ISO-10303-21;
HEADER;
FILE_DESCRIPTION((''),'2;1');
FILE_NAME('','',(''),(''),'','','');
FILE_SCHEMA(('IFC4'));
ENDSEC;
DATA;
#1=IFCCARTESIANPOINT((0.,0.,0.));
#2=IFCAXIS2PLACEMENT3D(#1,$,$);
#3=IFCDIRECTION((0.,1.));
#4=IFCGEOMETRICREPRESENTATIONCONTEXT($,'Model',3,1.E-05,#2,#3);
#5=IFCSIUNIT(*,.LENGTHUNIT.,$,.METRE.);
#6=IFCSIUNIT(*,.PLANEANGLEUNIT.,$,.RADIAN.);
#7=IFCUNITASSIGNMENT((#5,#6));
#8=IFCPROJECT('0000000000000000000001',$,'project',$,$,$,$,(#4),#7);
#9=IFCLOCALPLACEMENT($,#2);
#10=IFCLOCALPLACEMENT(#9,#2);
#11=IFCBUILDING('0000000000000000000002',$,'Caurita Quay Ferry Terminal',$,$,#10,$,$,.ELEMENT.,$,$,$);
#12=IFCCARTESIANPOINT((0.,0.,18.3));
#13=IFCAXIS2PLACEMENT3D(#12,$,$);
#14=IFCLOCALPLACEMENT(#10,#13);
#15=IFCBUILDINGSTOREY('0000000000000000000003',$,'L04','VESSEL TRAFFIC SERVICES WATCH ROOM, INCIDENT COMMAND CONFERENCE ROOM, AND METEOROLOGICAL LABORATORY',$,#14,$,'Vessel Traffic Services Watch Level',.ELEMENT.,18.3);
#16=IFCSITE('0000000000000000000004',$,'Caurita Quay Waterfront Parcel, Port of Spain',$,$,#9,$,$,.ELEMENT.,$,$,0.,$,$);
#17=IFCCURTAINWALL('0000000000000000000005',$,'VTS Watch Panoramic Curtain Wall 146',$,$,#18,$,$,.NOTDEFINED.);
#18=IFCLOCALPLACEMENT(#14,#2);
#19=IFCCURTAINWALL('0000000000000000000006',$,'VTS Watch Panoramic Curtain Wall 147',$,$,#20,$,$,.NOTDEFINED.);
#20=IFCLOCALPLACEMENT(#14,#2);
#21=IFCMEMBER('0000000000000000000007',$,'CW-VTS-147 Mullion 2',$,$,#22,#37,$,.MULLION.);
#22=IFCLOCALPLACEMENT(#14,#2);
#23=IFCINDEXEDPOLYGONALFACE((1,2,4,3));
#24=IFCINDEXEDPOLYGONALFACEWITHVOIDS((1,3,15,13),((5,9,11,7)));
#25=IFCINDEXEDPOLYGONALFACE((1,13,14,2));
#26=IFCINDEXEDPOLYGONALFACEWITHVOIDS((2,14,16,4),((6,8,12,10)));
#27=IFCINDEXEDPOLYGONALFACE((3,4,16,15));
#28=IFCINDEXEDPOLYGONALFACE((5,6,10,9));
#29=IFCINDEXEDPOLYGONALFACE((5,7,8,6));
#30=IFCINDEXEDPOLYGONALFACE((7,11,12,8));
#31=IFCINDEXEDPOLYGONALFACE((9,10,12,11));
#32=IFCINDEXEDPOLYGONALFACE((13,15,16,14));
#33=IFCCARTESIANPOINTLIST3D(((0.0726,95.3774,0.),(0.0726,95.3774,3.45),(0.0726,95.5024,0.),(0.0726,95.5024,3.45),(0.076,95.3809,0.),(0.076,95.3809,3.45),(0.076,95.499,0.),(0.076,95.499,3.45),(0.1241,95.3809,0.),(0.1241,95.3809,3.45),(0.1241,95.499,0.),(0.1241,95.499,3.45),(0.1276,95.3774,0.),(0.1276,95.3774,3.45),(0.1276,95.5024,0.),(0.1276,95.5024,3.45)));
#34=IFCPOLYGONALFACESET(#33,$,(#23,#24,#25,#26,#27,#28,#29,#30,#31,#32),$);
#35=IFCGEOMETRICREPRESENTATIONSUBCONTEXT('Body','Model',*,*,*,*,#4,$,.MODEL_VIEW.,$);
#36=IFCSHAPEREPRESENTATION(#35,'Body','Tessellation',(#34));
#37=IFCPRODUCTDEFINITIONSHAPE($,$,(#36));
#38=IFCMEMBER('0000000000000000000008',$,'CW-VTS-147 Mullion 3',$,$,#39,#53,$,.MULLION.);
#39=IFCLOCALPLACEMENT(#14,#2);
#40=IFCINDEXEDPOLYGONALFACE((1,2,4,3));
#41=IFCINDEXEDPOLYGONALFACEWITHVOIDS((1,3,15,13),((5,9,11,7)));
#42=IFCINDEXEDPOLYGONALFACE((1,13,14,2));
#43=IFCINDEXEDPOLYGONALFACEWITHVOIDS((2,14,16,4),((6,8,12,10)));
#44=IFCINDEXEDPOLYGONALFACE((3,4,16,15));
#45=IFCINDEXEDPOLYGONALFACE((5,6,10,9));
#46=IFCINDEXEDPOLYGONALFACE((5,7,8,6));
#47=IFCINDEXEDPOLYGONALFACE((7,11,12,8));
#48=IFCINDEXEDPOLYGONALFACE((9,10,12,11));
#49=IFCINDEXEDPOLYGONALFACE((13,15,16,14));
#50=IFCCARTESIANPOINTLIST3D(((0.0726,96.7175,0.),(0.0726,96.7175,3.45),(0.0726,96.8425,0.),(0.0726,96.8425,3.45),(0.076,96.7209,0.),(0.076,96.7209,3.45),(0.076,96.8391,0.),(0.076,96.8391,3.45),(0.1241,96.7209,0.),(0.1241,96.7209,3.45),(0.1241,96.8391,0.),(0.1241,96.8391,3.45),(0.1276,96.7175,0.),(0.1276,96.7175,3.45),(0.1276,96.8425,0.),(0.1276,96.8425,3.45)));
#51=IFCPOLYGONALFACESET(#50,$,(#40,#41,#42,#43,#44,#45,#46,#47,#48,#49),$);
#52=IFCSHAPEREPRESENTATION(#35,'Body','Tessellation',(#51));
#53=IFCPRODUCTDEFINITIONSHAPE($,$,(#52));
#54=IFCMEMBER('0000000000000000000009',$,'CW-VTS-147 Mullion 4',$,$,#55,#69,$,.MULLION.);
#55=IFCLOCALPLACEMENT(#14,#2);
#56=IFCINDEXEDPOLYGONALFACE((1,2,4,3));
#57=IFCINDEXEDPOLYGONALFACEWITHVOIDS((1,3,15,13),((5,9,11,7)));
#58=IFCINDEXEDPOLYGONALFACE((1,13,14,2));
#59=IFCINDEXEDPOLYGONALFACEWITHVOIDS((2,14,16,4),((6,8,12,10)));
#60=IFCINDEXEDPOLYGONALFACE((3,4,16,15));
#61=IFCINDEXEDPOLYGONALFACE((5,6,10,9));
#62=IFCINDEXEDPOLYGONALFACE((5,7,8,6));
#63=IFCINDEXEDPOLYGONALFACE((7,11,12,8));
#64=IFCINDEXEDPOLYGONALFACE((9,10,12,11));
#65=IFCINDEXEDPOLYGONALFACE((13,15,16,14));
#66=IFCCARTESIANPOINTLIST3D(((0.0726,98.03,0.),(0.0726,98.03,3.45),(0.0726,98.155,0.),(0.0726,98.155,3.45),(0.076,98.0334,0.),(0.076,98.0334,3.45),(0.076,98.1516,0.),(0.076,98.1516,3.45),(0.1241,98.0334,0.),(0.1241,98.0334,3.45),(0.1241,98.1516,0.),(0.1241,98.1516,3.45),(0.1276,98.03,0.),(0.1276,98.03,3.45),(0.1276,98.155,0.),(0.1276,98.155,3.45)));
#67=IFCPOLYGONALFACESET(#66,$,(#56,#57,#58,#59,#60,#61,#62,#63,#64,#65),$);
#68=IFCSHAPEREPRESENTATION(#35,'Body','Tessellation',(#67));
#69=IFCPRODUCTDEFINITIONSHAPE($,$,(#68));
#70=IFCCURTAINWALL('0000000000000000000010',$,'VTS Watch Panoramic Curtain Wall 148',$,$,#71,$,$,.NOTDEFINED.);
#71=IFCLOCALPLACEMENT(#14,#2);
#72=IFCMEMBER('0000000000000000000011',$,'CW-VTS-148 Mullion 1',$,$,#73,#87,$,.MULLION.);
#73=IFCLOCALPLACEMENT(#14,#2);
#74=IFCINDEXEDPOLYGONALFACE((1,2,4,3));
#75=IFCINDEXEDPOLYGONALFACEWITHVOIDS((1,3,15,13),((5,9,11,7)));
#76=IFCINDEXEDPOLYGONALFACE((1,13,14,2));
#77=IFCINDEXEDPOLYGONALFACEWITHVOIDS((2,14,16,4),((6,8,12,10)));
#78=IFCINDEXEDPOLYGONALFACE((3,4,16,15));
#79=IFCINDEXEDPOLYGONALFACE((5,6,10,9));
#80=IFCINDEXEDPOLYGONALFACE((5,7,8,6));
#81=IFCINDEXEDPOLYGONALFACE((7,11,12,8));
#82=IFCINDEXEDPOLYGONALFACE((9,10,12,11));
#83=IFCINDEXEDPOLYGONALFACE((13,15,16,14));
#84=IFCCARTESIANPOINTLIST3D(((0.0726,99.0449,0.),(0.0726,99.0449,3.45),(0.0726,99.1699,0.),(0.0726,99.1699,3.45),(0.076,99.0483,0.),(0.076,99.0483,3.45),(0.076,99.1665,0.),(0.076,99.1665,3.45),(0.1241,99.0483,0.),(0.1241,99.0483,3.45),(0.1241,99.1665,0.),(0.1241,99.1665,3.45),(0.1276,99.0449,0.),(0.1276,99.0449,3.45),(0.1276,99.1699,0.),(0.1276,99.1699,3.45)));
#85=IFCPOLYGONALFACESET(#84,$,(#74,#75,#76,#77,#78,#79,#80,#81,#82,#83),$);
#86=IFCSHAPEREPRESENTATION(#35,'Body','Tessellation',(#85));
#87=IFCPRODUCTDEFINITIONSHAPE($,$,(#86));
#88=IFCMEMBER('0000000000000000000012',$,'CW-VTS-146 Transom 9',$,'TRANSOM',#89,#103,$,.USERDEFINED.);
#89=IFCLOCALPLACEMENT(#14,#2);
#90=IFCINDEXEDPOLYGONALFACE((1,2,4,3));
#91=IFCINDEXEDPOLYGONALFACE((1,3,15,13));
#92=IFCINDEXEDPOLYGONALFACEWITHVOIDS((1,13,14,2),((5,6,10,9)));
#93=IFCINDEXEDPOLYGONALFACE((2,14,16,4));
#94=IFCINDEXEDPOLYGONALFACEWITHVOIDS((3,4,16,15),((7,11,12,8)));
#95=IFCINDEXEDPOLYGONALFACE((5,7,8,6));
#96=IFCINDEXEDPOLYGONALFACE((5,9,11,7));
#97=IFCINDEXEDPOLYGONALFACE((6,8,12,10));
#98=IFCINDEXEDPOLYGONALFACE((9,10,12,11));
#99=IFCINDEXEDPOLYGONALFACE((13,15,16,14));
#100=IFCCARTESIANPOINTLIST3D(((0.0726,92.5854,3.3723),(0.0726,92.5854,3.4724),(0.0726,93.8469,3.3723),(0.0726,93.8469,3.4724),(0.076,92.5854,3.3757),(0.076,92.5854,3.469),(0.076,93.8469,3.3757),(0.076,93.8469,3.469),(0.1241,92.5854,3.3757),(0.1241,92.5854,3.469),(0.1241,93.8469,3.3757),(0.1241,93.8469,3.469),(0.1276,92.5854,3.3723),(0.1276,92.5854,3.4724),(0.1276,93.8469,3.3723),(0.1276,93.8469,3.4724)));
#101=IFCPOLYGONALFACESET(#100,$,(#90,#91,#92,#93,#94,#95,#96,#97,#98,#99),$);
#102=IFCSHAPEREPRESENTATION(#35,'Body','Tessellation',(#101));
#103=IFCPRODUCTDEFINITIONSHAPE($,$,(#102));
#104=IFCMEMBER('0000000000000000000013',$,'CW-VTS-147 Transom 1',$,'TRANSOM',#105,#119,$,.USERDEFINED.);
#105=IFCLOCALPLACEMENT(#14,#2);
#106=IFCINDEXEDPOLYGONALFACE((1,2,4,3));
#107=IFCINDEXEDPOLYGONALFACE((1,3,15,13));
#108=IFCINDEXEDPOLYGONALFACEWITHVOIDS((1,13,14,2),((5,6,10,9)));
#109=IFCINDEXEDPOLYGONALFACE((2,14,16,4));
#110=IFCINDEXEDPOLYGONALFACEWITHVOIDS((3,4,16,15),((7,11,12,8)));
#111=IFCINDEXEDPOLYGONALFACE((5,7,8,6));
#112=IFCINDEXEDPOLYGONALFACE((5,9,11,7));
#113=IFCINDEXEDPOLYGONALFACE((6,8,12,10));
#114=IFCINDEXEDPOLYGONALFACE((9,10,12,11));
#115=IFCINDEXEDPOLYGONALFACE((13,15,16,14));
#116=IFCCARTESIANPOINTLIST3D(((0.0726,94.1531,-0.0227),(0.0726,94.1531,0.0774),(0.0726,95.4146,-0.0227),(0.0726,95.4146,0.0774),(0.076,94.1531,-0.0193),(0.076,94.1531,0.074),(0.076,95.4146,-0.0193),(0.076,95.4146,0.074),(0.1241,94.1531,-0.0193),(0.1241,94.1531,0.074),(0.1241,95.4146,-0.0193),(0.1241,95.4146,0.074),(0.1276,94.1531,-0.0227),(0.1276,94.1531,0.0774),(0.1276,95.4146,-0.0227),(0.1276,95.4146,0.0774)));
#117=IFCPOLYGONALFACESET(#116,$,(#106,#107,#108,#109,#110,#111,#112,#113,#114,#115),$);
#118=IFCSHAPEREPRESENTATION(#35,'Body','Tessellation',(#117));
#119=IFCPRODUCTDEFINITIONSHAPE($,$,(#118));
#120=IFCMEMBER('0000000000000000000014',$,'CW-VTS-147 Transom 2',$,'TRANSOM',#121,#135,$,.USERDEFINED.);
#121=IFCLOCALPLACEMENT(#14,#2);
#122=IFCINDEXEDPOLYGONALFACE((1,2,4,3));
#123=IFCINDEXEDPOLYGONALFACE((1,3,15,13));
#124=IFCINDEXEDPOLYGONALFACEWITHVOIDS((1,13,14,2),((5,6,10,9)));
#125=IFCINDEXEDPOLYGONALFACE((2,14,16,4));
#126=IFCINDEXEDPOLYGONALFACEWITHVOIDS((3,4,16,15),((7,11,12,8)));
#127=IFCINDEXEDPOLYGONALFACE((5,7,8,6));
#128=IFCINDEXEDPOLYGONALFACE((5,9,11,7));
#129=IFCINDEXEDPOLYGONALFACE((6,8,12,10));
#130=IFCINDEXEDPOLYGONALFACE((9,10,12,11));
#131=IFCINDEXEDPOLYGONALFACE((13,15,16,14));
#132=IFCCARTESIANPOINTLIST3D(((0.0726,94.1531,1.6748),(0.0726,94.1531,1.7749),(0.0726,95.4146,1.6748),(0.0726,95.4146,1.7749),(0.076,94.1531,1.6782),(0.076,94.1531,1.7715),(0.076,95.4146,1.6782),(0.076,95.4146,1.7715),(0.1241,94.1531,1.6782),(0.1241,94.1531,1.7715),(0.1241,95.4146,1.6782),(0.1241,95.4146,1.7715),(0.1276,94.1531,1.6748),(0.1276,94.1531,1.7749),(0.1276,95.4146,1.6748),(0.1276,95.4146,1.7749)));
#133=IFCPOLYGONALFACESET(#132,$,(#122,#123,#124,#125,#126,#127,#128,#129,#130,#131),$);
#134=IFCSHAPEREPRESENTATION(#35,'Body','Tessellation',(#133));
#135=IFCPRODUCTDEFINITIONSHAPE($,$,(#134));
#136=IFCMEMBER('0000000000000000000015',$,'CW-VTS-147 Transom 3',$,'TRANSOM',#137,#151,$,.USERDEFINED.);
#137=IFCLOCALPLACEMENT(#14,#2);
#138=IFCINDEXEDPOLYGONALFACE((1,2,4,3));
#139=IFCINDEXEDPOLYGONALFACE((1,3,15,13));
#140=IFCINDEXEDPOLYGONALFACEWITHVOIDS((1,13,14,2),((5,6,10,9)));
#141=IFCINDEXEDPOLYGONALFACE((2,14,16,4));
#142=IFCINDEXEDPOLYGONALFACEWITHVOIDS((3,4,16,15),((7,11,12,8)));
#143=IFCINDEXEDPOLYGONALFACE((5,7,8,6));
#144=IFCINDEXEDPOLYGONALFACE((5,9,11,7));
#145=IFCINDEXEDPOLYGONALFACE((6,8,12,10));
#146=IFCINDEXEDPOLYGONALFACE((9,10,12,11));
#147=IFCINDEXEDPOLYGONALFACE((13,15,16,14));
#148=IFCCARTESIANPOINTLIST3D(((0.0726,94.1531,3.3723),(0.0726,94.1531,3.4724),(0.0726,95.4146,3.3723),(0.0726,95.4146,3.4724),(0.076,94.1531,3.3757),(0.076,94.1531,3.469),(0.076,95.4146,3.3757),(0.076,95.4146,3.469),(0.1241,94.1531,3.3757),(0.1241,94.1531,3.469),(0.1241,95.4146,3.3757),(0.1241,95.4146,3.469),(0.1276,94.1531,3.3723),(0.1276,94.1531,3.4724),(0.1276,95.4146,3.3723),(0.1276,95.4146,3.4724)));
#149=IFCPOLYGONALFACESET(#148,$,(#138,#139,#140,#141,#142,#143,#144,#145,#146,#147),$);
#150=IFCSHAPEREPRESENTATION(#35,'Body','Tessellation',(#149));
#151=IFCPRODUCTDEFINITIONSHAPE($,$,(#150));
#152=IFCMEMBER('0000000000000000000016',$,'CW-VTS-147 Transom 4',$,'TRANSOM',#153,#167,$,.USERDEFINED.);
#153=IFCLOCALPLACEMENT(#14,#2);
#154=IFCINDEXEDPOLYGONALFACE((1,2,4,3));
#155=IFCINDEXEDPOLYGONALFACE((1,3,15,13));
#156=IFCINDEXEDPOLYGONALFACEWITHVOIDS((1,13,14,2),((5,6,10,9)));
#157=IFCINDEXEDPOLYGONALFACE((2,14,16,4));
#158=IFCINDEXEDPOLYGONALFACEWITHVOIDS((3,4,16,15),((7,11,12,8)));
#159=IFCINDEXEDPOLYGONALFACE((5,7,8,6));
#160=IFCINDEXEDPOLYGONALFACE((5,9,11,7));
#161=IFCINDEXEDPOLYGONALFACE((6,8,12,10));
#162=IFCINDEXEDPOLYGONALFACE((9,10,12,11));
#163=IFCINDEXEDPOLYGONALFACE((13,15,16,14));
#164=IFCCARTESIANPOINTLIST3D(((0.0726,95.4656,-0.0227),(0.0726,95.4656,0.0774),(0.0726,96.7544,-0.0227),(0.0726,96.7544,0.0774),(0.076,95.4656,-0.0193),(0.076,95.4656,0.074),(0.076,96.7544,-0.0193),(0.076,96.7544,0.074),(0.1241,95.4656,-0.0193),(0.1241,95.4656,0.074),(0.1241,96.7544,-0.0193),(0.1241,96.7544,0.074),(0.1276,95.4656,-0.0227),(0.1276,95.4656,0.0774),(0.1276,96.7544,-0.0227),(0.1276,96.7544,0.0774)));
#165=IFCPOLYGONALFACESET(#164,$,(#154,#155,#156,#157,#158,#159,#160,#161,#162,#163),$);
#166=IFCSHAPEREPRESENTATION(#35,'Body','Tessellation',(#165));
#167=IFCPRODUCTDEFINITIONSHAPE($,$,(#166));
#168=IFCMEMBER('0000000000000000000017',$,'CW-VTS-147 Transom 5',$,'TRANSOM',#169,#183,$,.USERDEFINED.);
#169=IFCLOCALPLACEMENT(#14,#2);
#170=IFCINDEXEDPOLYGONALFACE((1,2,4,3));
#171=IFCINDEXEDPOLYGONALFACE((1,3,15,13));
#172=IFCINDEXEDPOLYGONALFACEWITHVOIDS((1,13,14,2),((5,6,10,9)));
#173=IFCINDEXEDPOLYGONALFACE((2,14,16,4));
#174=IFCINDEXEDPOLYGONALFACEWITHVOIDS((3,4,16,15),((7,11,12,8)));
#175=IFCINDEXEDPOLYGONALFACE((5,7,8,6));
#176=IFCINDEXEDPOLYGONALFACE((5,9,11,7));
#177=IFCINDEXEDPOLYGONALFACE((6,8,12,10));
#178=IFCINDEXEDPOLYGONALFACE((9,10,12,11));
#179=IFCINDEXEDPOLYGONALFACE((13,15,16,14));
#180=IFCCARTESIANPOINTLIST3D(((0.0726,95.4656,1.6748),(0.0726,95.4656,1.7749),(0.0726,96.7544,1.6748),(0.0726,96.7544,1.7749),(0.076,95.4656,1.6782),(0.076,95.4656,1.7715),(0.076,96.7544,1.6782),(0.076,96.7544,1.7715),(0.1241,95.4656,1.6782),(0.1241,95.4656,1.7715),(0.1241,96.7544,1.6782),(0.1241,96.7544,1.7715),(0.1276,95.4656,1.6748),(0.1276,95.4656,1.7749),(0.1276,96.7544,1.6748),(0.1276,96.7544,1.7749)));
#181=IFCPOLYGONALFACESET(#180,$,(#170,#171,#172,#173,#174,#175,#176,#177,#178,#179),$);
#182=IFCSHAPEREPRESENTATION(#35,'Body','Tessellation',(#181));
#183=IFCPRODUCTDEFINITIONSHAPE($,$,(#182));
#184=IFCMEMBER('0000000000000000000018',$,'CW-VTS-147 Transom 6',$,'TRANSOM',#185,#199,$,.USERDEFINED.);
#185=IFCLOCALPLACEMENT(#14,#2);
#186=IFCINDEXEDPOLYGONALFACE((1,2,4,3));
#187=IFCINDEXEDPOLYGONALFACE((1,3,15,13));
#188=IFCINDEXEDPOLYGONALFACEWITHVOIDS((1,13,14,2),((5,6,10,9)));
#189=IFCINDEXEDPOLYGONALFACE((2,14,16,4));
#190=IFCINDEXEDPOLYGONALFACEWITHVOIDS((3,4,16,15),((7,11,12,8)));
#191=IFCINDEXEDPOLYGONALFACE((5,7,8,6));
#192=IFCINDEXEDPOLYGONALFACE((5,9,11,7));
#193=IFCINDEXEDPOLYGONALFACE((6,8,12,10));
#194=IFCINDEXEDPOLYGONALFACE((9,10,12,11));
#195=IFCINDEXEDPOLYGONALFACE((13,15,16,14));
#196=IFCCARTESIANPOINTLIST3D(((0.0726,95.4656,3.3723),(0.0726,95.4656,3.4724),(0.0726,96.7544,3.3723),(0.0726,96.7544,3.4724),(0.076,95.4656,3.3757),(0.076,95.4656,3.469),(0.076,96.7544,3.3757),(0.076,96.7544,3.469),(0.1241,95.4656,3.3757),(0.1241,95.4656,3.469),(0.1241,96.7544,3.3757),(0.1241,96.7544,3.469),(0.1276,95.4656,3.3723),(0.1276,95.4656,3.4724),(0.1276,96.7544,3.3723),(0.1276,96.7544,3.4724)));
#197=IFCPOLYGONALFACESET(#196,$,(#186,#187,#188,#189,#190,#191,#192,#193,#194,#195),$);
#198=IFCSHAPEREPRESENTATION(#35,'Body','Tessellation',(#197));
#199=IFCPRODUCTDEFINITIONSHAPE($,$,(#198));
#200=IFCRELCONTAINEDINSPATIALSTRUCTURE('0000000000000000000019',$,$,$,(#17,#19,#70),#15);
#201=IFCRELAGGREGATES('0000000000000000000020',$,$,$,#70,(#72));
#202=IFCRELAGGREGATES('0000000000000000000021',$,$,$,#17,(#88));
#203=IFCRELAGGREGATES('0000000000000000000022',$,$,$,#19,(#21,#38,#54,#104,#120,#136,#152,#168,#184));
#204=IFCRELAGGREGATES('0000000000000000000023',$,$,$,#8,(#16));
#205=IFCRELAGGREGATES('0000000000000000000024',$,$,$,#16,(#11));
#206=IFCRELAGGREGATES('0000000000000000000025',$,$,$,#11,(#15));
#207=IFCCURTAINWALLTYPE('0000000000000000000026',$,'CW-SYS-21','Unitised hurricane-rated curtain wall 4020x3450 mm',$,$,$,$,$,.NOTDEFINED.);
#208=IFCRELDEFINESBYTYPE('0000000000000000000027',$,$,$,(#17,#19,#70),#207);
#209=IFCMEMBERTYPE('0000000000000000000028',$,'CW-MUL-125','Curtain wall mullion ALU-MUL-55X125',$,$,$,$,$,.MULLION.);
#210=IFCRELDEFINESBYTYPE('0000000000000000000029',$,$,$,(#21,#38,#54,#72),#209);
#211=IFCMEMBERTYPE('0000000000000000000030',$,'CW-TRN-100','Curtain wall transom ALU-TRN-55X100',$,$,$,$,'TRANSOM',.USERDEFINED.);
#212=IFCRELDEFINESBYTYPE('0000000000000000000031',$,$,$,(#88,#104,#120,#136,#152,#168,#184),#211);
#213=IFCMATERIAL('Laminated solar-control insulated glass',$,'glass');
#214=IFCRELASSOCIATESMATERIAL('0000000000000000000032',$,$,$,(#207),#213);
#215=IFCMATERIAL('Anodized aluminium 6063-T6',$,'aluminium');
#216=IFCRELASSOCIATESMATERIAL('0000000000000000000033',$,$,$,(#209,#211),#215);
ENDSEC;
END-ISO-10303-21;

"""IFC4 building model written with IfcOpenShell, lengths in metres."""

from ifc_helpers import new_model, si_unit, direction, frame, origin, origin_2d, place, context, subcontext, project, spatial, hollow_rectangle, extrude, material, material_profile, profile_set, type_object, element, aggregate, save


model = new_model("IFC4")

# Units and contexts
model_context = context("Model", 3, precision=1e-05, world=origin(), true_north=direction((0.0, 1.0)))
body_context = subcontext(model_context, "Body", "Model", "MODEL_VIEW")
ifc_project = project(units=[si_unit("LENGTHUNIT", "METRE"), si_unit("PLANEANGLEUNIT", "RADIAN")], contexts=[model_context])

# Site, building, storey
site_placement = place(None, origin())
site = spatial("IfcSite", under=ifc_project, at=site_placement, Name="Caurita Quay Waterfront Parcel, Port of Spain", CompositionType="ELEMENT", RefElevation=0.0)
building_placement = place(site_placement, origin())
building = spatial("IfcBuilding", under=site, at=building_placement, Name="Caurita Quay Ferry Terminal", CompositionType="ELEMENT")
storey_placement = place(building_placement, frame((0.0, 0.0, 18.3)))
storey = spatial("IfcBuildingStorey", under=building, at=storey_placement, Name="L04", Description="VESSEL TRAFFIC SERVICES WATCH ROOM, INCIDENT COMMAND CONFERENCE ROOM, AND METEOROLOGICAL LABORATORY", LongName="Vessel Traffic Services Watch Level", CompositionType="ELEMENT", Elevation=18.3)

# Curtain wall
ifc_material_1 = material(Name="Laminated solar-control insulated glass", Category="glass")
curtain_wall_type = type_object("IfcCurtainWallType", Name="CW-SYS-21", Description="Unitised hurricane-rated curtain wall 4020x3450 mm", PredefinedType="NOTDEFINED", material=ifc_material_1)
curtain_wall_1_placement = place(storey_placement, origin())
curtain_wall_1 = element("IfcCurtainWall", 1, at=curtain_wall_1_placement, inside=storey, type_object=curtain_wall_type, Name="VTS Watch Panoramic Curtain Wall 146", PredefinedType="NOTDEFINED")
ifc_material_2 = material(Name="Anodized aluminium 6063-T6", Category="aluminium")
ifc_material_profile_1 = material_profile(ifc_material_2, hollow_rectangle(XDim=0.0549, YDim=0.125, WallThickness=0.0034, at=origin_2d()), Name="ALU-MUL-55X125")
ifc_profile_set_1 = profile_set([ifc_material_profile_1], Name="Anodized aluminium 6063-T6")
member_type_1 = type_object("IfcMemberType", Name="CW-MUL-125", Description="Curtain wall mullion ALU-MUL-55X125", PredefinedType="MULLION", material=ifc_profile_set_1)

# Curtain wall, members
curtain_wall_2_placement = place(storey_placement, origin())
curtain_wall_2 = element("IfcCurtainWall", 2, at=curtain_wall_2_placement, inside=storey, type_object=curtain_wall_type, Name="VTS Watch Panoramic Curtain Wall 147", PredefinedType="NOTDEFINED")
member_1_placement = place(storey_placement, frame((0.1001, 95.4399, 0.0), z_axis=(0.0, 0.0, 1.0), x_axis=(-1.0, 0.0, 0.0)))
member_1 = element("IfcMember", 3, at=member_1_placement, type_object=member_type_1, Name="CW-VTS-147 Mullion 2", PredefinedType="MULLION", context=body_context, shape_type="SweptSolid", body=[
    extrude(hollow_rectangle(XDim=0.0549, YDim=0.125, WallThickness=0.0034, at=origin_2d()), origin(), (0.0, 0.0, 1.0), 3.45),
])
member_2_placement = place(storey_placement, frame((0.1001, 96.78, 0.0), z_axis=(0.0, 0.0, 1.0), x_axis=(-1.0, 0.0, 0.0)))
member_2 = element("IfcMember", 4, at=member_2_placement, type_object=member_type_1, Name="CW-VTS-147 Mullion 3", PredefinedType="MULLION", context=body_context, shape_type="SweptSolid", body=[
    extrude(hollow_rectangle(XDim=0.0549, YDim=0.125, WallThickness=0.0034, at=origin_2d()), origin(), (0.0, 0.0, 1.0), 3.45),
])
member_3_placement = place(storey_placement, frame((0.1001, 98.0925, 0.0), z_axis=(0.0, 0.0, 1.0), x_axis=(-1.0, 0.0, 0.0)))
member_3 = element("IfcMember", 5, at=member_3_placement, type_object=member_type_1, Name="CW-VTS-147 Mullion 4", PredefinedType="MULLION", context=body_context, shape_type="SweptSolid", body=[
    extrude(hollow_rectangle(XDim=0.0549, YDim=0.125, WallThickness=0.0034, at=origin_2d()), origin(), (0.0, 0.0, 1.0), 3.45),
])

# Curtain wall, member
curtain_wall_3_placement = place(storey_placement, origin())
curtain_wall_3 = element("IfcCurtainWall", 6, at=curtain_wall_3_placement, inside=storey, type_object=curtain_wall_type, Name="VTS Watch Panoramic Curtain Wall 148", PredefinedType="NOTDEFINED")
member_4_placement = place(storey_placement, frame((0.1001, 99.1074, 0.0), z_axis=(0.0, 0.0, 1.0), x_axis=(-1.0, 0.0, 0.0)))
member_4 = element("IfcMember", 7, at=member_4_placement, type_object=member_type_1, Name="CW-VTS-148 Mullion 1", PredefinedType="MULLION", context=body_context, shape_type="SweptSolid", body=[
    extrude(hollow_rectangle(XDim=0.0549, YDim=0.125, WallThickness=0.0034, at=origin_2d()), origin(), (0.0, 0.0, 1.0), 3.45),
])

# Members
ifc_material_profile_2 = material_profile(ifc_material_2, hollow_rectangle(XDim=0.0549, YDim=0.1001, WallThickness=0.0034, at=origin_2d()), Name="ALU-TRN-55X100")
ifc_profile_set_2 = profile_set([ifc_material_profile_2], Name="Anodized aluminium 6063-T6")
member_type_2 = type_object("IfcMemberType", Name="CW-TRN-100", Description="Curtain wall transom ALU-TRN-55X100", ElementType="TRANSOM", PredefinedType="USERDEFINED", material=ifc_profile_set_2)
member_5_placement = place(storey_placement, frame((0.1001, 92.5854, 3.4224), z_axis=(0.0, 1.0, 0.0), x_axis=(-1.0, 0.0, 0.0)))
member_5 = element("IfcMember", 8, at=member_5_placement, type_object=member_type_2, Name="CW-VTS-146 Transom 9", ObjectType="TRANSOM", PredefinedType="USERDEFINED", context=body_context, shape_type="SweptSolid", body=[
    extrude(hollow_rectangle(XDim=0.0549, YDim=0.1001, WallThickness=0.0034, at=origin_2d()), origin(), (0.0, 0.0, 1.0), 1.2615),
])
member_6_placement = place(storey_placement, frame((0.1001, 94.1531, 0.0273), z_axis=(0.0, 1.0, 0.0), x_axis=(-1.0, 0.0, 0.0)))
member_6 = element("IfcMember", 9, at=member_6_placement, type_object=member_type_2, Name="CW-VTS-147 Transom 1", ObjectType="TRANSOM", PredefinedType="USERDEFINED", context=body_context, shape_type="SweptSolid", body=[
    extrude(hollow_rectangle(XDim=0.0549, YDim=0.1001, WallThickness=0.0034, at=origin_2d()), origin(), (0.0, 0.0, 1.0), 1.2615),
])
member_7_placement = place(storey_placement, frame((0.1001, 94.1531, 1.7249), z_axis=(0.0, 1.0, 0.0), x_axis=(-1.0, 0.0, 0.0)))
member_7 = element("IfcMember", 10, at=member_7_placement, type_object=member_type_2, Name="CW-VTS-147 Transom 2", ObjectType="TRANSOM", PredefinedType="USERDEFINED", context=body_context, shape_type="SweptSolid", body=[
    extrude(hollow_rectangle(XDim=0.0549, YDim=0.1001, WallThickness=0.0034, at=origin_2d()), origin(), (0.0, 0.0, 1.0), 1.2615),
])
member_8_placement = place(storey_placement, frame((0.1001, 94.1531, 3.4224), z_axis=(0.0, 1.0, 0.0), x_axis=(-1.0, 0.0, 0.0)))
member_8 = element("IfcMember", 11, at=member_8_placement, type_object=member_type_2, Name="CW-VTS-147 Transom 3", ObjectType="TRANSOM", PredefinedType="USERDEFINED", context=body_context, shape_type="SweptSolid", body=[
    extrude(hollow_rectangle(XDim=0.0549, YDim=0.1001, WallThickness=0.0034, at=origin_2d()), origin(), (0.0, 0.0, 1.0), 1.2615),
])
member_9_placement = place(storey_placement, frame((0.1001, 95.4656, 0.0273), z_axis=(0.0, 1.0, 0.0), x_axis=(-1.0, 0.0, 0.0)))
member_9 = element("IfcMember", 12, at=member_9_placement, type_object=member_type_2, Name="CW-VTS-147 Transom 4", ObjectType="TRANSOM", PredefinedType="USERDEFINED", context=body_context, shape_type="SweptSolid", body=[
    extrude(hollow_rectangle(XDim=0.0549, YDim=0.1001, WallThickness=0.0034, at=origin_2d()), origin(), (0.0, 0.0, 1.0), 1.2888),
])
member_10_placement = place(storey_placement, frame((0.1001, 95.4656, 1.7249), z_axis=(0.0, 1.0, 0.0), x_axis=(-1.0, 0.0, 0.0)))
member_10 = element("IfcMember", 13, at=member_10_placement, type_object=member_type_2, Name="CW-VTS-147 Transom 5", ObjectType="TRANSOM", PredefinedType="USERDEFINED", context=body_context, shape_type="SweptSolid", body=[
    extrude(hollow_rectangle(XDim=0.0549, YDim=0.1001, WallThickness=0.0034, at=origin_2d()), origin(), (0.0, 0.0, 1.0), 1.2888),
])
member_11_placement = place(storey_placement, frame((0.1001, 95.4656, 3.4224), z_axis=(0.0, 1.0, 0.0), x_axis=(-1.0, 0.0, 0.0)))
member_11 = element("IfcMember", 14, at=member_11_placement, type_object=member_type_2, Name="CW-VTS-147 Transom 6", ObjectType="TRANSOM", PredefinedType="USERDEFINED", context=body_context, shape_type="SweptSolid", body=[
    extrude(hollow_rectangle(XDim=0.0549, YDim=0.1001, WallThickness=0.0034, at=origin_2d()), origin(), (0.0, 0.0, 1.0), 1.2888),
])
aggregate(curtain_wall_3, [member_4])

aggregate(curtain_wall_1, [member_5])
aggregate(curtain_wall_2, [member_1, member_2, member_3, member_6, member_7, member_8, member_9, member_10, member_11])

save(model, "model.ifc")
